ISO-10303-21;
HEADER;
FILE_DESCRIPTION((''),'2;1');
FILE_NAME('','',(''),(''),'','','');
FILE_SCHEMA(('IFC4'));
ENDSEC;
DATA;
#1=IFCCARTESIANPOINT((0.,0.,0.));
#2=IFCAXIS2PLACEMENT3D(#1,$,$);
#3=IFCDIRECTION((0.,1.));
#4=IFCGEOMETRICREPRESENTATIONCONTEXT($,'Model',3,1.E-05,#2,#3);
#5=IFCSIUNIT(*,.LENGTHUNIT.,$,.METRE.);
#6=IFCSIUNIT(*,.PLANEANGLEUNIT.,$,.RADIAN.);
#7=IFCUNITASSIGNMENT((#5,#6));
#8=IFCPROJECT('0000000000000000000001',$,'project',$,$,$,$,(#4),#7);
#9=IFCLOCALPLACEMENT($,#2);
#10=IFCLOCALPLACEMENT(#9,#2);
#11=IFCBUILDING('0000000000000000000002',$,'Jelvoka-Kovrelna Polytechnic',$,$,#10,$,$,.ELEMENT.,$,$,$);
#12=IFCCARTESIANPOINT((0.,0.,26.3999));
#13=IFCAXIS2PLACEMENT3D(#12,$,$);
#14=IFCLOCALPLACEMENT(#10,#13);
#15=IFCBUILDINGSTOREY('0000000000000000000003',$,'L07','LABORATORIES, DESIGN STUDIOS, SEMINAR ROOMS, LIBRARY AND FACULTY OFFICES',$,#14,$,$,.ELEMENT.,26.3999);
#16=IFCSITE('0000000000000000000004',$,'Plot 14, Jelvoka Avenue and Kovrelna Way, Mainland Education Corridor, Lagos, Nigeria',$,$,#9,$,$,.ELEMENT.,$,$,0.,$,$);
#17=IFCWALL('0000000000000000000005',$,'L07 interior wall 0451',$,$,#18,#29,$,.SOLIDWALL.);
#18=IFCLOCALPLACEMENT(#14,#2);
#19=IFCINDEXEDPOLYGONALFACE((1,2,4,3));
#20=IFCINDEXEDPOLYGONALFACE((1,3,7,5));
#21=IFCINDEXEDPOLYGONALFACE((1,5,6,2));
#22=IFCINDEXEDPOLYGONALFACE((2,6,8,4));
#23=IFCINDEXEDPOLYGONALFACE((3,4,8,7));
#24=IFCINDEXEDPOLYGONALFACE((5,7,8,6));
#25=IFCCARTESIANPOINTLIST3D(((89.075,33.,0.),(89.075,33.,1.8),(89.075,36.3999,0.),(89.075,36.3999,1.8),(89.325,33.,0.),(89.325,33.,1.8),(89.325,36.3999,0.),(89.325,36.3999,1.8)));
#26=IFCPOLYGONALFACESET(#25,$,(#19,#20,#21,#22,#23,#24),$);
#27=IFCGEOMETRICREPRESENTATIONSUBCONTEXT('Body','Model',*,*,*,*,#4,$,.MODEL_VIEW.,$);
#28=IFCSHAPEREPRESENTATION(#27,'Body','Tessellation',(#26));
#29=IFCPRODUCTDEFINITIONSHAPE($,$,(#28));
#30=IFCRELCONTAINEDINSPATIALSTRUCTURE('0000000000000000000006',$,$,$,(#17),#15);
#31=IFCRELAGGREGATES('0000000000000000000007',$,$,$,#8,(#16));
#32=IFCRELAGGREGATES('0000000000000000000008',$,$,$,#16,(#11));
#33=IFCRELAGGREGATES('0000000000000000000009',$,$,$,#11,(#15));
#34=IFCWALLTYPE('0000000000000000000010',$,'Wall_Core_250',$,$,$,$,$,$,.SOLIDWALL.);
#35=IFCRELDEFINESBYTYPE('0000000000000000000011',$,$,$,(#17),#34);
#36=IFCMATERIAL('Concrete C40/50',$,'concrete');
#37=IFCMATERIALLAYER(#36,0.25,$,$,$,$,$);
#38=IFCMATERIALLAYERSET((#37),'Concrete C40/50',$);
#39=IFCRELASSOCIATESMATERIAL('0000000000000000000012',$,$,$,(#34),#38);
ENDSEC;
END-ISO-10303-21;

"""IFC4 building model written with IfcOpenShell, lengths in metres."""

from ifc_helpers import new_model, si_unit, direction, frame, frame_2d, origin, place, context, subcontext, project, spatial, rectangle, extrude, material, layer, layer_set, type_object, element, save


model = new_model("IFC4")

# Units and contexts
model_context = context("Model", 3, precision=1e-05, world=origin(), true_north=direction((0.0, 1.0)))
body_context = subcontext(model_context, "Body", "Model", "MODEL_VIEW")
ifc_project = project(units=[si_unit("LENGTHUNIT", "METRE"), si_unit("PLANEANGLEUNIT", "RADIAN")], contexts=[model_context])

# Site, building, storey
site_placement = place(None, origin())
site = spatial("IfcSite", under=ifc_project, at=site_placement, Name="Plot 14, Jelvoka Avenue and Kovrelna Way, Mainland Education Corridor, Lagos, Nigeria", CompositionType="ELEMENT", RefElevation=0.0)
building_placement = place(site_placement, origin())
building = spatial("IfcBuilding", under=site, at=building_placement, Name="Jelvoka-Kovrelna Polytechnic", CompositionType="ELEMENT")
storey_placement = place(building_placement, frame((0.0, 0.0, 26.3999)))
storey = spatial("IfcBuildingStorey", under=building, at=storey_placement, Name="L07", Description="LABORATORIES, DESIGN STUDIOS, SEMINAR ROOMS, LIBRARY AND FACULTY OFFICES", CompositionType="ELEMENT", Elevation=26.3999)

# Wall
ifc_material_1 = material(Name="Concrete C40/50", Category="concrete")
ifc_layer = layer(ifc_material_1, 0.25)
ifc_layer_set = layer_set([ifc_layer], Name="Concrete C40/50")
wall_type = type_object("IfcWallType", Name="Wall_Core_250", PredefinedType="SOLIDWALL", material=ifc_layer_set)
wall_1_placement = place(storey_placement, frame((89.2, 36.3999, 0.0), z_axis=(0.0, 0.0, 1.0), x_axis=(0.0, -1.0, 0.0)))
element("IfcWall", 1, at=wall_1_placement, inside=storey, type_object=wall_type, Name="L07 interior wall 0451", PredefinedType="SOLIDWALL", context=body_context, shape_type="SweptSolid", body=[
    extrude(rectangle(XDim=3.3999, YDim=0.25, at=frame_2d((1.7, 0.0))), origin(), (0.0, 0.0, 1.0), 1.8),
])

save(model, "model.ifc")
